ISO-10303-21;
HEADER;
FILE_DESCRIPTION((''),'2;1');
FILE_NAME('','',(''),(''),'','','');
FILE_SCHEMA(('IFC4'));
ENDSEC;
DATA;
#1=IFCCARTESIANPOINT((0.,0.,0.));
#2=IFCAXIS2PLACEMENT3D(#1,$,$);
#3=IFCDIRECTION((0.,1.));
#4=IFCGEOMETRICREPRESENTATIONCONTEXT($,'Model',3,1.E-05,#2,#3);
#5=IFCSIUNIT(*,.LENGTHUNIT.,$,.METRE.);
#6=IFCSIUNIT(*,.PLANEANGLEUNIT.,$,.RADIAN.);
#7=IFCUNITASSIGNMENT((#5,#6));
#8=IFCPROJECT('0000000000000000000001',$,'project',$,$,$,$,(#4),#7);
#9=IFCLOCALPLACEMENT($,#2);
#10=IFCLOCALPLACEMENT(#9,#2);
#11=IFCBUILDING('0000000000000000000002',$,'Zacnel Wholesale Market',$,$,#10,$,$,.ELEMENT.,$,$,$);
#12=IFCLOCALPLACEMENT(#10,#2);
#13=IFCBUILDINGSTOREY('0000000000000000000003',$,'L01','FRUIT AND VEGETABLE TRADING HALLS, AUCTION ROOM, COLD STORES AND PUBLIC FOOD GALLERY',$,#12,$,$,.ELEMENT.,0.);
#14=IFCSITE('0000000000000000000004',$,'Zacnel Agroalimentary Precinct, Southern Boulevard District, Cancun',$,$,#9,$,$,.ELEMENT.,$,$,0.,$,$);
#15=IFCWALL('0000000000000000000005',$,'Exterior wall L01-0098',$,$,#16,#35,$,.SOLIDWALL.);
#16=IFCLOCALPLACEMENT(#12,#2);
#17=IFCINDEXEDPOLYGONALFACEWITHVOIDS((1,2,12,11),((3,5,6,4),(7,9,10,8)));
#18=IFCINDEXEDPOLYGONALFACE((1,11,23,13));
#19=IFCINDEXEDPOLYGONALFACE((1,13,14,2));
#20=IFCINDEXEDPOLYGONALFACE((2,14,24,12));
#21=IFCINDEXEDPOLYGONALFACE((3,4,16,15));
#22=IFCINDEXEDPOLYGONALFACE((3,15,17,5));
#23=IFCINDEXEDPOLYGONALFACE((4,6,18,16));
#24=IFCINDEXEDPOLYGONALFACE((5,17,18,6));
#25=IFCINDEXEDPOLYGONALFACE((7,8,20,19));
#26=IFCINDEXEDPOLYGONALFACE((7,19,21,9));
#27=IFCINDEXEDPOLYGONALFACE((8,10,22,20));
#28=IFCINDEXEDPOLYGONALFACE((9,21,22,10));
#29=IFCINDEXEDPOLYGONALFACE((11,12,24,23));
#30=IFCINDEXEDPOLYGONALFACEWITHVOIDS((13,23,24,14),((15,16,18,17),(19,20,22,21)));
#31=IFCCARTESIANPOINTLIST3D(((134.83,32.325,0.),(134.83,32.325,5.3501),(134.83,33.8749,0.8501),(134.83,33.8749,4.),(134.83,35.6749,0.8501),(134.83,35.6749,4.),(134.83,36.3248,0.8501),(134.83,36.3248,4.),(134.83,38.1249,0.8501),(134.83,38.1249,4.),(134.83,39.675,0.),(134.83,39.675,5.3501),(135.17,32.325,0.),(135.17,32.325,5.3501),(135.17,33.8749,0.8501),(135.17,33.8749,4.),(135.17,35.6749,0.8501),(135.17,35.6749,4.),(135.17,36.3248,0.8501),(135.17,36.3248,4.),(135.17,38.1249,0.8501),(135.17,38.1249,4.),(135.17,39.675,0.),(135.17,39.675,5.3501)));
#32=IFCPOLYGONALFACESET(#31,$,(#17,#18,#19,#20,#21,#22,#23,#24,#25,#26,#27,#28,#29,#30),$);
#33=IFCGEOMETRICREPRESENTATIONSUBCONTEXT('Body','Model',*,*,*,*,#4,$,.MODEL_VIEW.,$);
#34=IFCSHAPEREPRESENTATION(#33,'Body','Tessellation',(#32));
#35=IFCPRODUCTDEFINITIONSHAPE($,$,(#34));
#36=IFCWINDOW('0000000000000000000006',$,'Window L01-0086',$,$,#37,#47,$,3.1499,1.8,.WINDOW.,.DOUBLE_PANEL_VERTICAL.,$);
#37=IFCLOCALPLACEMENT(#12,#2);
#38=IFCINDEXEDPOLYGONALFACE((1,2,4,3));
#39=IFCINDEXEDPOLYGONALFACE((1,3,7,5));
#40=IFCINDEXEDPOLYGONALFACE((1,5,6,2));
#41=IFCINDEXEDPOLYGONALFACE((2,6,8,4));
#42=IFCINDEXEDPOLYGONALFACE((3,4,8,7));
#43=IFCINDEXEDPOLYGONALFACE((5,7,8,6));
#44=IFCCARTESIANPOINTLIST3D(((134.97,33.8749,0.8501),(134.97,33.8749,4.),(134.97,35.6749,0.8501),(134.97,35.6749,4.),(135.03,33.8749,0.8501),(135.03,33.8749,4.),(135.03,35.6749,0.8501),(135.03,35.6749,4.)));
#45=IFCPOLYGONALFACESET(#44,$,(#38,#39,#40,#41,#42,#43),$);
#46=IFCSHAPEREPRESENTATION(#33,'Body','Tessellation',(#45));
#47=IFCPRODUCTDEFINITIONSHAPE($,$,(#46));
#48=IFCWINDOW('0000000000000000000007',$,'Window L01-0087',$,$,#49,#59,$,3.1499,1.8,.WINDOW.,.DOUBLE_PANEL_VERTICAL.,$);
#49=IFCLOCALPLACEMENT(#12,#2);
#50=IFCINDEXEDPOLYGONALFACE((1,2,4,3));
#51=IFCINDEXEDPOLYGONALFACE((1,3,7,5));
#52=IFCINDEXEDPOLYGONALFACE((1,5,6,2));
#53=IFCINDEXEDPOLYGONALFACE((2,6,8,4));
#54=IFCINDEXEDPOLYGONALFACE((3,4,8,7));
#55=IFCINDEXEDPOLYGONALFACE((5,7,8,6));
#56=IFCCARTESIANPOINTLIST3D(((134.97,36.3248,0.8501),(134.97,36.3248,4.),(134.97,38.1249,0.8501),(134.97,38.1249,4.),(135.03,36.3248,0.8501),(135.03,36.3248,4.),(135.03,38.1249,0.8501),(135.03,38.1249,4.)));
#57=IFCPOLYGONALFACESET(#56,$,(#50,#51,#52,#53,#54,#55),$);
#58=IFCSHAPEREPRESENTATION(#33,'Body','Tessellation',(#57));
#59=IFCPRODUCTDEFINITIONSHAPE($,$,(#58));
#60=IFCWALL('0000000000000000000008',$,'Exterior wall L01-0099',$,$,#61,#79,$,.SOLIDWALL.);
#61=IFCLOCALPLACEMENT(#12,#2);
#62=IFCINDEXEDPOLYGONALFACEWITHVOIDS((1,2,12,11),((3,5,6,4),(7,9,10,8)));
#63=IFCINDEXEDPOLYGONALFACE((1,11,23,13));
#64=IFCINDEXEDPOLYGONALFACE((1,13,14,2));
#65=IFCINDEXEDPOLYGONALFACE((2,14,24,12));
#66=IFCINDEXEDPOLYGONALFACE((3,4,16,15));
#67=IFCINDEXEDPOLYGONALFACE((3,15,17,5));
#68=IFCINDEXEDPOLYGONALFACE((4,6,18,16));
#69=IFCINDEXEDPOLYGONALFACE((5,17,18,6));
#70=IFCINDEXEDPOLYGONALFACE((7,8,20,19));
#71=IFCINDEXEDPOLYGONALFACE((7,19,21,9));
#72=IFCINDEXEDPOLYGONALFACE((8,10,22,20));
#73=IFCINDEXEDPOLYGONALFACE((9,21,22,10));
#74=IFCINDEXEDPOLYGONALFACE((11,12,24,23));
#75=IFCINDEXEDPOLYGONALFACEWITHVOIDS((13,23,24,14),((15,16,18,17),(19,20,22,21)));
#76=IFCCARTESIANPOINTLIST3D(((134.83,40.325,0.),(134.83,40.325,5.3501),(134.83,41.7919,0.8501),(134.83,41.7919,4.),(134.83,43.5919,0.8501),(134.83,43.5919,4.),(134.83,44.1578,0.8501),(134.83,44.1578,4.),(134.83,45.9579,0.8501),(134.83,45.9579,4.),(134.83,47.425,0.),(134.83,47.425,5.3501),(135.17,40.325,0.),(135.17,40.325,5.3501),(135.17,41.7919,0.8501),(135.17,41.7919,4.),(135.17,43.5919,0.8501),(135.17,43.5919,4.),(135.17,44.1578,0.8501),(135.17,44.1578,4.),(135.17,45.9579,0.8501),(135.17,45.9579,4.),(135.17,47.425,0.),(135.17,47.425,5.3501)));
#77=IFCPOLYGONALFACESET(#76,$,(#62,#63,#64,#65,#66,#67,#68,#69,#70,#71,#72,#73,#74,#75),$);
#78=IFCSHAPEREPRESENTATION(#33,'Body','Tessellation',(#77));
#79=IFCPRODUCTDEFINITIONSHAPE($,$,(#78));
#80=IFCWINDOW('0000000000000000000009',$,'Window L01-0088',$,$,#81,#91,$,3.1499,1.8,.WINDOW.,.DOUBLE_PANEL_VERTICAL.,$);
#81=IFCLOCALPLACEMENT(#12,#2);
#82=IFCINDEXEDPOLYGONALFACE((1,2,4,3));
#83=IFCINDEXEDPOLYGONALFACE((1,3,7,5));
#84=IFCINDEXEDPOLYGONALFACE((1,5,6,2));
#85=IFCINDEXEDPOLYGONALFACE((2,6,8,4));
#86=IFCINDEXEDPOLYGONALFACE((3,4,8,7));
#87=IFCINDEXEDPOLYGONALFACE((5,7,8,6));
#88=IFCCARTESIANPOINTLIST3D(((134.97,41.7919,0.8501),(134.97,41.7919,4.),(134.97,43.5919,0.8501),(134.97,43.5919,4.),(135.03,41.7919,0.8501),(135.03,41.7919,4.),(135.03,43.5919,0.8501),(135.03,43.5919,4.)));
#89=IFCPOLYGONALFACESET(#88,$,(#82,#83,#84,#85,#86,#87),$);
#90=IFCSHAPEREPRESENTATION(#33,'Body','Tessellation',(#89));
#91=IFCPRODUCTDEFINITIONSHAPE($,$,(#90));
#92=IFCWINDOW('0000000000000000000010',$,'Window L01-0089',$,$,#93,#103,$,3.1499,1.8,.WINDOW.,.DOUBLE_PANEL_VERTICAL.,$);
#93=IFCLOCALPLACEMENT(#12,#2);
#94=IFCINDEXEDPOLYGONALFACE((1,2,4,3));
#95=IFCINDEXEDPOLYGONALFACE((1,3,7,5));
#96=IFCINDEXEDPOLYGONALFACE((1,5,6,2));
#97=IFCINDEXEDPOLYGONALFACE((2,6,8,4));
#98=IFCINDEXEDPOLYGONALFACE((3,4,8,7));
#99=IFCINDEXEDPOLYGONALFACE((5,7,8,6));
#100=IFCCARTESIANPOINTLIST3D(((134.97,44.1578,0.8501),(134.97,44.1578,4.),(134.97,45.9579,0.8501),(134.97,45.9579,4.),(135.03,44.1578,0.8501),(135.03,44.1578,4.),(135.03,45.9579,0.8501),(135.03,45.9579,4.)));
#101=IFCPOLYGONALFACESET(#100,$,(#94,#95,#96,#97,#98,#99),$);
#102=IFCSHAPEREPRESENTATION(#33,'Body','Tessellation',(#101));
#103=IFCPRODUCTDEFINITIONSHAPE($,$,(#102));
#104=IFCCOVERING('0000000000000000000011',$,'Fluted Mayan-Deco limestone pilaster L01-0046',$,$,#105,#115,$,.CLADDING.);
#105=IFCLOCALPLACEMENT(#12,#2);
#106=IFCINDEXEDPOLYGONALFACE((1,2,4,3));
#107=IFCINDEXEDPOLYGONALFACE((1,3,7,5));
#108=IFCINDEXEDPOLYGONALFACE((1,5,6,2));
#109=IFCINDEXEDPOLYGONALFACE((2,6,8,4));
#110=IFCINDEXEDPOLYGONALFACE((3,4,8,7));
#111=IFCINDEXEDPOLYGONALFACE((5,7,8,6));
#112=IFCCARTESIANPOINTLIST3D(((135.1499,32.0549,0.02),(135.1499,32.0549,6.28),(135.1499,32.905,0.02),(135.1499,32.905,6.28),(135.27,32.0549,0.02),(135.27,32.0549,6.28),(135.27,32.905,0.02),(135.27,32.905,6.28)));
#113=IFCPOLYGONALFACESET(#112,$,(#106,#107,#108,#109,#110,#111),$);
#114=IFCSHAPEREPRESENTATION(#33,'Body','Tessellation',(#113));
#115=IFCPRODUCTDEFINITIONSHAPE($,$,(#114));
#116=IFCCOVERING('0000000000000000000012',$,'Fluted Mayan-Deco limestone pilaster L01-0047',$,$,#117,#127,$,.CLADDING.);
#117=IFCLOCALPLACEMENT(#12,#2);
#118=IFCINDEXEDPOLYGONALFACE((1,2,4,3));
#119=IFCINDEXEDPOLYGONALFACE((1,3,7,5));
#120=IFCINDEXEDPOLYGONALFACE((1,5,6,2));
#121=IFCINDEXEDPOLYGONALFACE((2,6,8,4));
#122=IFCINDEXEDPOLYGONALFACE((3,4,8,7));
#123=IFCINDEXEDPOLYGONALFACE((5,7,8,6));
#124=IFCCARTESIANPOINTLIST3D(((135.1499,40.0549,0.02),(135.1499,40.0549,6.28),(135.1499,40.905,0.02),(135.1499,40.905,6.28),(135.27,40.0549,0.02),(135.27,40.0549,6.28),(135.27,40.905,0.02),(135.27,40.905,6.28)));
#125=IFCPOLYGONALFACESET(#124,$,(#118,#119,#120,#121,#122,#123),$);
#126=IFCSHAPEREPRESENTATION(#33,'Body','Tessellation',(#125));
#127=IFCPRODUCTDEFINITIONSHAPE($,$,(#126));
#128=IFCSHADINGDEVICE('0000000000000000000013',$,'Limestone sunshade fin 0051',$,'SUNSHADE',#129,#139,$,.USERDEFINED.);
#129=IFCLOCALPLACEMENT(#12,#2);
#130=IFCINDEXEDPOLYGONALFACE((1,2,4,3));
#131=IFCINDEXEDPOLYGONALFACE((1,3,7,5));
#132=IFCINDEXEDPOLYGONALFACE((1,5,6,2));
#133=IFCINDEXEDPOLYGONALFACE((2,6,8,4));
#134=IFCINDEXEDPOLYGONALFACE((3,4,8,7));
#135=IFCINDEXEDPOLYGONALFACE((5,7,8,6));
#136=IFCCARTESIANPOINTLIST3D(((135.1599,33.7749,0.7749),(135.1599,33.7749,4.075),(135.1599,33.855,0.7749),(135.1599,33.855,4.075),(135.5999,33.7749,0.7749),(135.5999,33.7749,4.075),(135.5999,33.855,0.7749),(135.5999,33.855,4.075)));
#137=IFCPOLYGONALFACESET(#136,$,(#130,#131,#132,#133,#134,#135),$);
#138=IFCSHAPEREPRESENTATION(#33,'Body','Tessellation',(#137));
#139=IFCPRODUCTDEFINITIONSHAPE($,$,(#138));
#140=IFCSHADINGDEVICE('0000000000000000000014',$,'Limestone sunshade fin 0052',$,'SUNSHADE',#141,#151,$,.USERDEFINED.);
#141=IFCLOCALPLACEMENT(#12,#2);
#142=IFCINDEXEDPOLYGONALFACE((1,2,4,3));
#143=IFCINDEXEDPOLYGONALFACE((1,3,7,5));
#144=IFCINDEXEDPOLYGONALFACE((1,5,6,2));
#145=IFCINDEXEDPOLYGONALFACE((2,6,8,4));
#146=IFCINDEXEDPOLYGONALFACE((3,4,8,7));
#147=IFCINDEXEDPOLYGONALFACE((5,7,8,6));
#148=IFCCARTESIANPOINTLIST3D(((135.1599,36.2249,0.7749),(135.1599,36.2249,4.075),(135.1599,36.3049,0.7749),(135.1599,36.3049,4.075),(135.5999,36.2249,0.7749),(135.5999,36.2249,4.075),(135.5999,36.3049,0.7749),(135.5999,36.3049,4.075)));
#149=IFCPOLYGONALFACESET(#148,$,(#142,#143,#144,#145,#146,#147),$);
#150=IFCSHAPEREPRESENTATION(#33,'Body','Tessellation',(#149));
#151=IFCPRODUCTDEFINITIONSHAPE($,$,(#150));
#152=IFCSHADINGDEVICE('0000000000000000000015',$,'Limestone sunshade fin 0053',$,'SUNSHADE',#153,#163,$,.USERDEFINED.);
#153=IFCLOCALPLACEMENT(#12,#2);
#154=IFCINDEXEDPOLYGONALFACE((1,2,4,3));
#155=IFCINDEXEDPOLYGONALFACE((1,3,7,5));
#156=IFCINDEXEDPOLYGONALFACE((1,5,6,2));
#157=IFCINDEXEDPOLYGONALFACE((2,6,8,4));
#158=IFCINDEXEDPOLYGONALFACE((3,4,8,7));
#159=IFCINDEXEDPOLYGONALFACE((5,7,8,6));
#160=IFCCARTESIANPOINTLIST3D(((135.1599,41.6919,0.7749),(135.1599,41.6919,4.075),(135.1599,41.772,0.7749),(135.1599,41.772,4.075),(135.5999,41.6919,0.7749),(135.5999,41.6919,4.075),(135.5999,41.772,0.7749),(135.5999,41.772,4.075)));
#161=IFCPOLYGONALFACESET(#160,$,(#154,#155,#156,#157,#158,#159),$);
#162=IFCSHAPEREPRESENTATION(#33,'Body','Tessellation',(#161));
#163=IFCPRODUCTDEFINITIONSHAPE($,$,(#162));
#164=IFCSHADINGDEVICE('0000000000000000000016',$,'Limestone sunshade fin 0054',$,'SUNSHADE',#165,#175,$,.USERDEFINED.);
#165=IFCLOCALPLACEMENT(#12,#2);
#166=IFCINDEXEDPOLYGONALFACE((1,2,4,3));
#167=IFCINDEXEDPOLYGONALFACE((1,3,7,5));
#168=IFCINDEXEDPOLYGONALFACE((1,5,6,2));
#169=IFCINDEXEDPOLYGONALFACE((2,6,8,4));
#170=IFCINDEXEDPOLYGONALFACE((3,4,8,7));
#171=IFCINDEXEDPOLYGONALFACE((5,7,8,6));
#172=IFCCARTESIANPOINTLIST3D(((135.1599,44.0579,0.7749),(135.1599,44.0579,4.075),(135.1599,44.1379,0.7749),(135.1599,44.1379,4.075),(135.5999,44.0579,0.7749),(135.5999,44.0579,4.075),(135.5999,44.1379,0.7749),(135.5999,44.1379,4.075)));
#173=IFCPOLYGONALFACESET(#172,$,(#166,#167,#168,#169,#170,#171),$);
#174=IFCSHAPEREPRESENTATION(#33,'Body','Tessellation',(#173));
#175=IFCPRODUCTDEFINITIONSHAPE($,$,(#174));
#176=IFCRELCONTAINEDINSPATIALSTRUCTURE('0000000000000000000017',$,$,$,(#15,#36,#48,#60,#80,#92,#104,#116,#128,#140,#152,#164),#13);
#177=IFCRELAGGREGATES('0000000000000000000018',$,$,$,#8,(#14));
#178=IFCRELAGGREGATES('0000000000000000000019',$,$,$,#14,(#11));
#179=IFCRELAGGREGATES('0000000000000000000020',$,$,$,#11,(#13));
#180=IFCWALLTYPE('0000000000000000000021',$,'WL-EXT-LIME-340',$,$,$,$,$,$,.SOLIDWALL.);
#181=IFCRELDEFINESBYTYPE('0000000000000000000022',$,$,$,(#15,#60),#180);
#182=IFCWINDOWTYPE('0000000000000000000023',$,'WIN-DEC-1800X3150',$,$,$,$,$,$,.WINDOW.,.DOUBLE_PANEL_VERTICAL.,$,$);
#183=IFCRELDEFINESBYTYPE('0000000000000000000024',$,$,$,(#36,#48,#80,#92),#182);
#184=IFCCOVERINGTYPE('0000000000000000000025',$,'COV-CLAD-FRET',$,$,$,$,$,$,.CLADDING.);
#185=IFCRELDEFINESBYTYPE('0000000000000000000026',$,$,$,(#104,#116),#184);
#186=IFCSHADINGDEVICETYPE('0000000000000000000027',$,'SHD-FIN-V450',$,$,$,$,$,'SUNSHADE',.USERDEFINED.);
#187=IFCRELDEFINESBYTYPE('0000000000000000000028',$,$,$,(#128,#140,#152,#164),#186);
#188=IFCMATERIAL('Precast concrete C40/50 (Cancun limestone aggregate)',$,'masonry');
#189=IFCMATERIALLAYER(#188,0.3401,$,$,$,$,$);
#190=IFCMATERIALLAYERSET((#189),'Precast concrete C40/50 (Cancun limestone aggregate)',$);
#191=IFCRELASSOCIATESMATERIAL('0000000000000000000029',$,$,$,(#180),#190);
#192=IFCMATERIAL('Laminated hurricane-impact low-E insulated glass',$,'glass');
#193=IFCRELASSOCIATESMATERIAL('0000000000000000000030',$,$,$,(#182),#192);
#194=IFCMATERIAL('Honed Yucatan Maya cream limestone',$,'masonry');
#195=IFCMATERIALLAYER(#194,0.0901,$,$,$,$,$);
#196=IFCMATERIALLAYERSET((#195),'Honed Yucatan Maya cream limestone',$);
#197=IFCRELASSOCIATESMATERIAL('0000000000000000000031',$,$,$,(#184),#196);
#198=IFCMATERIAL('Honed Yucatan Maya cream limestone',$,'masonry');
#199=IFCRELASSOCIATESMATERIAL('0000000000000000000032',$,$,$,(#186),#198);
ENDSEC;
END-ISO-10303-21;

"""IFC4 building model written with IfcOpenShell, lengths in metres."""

from ifc_helpers import new_model, si_unit, direction, frame, frame_2d, origin, origin_2d, place, context, subcontext, project, spatial, rectangle, extrude, material, layer, layer_set, type_object, element, fill, save


model = new_model("IFC4")

# Units and contexts
model_context = context("Model", 3, precision=1e-05, world=origin(), true_north=direction((0.0, 1.0)))
body_context = subcontext(model_context, "Body", "Model", "MODEL_VIEW")
ifc_project = project(units=[si_unit("LENGTHUNIT", "METRE"), si_unit("PLANEANGLEUNIT", "RADIAN")], contexts=[model_context])

# Site, building, storey
site_placement = place(None, origin())
site = spatial("IfcSite", under=ifc_project, at=site_placement, Name="Zacnel Agroalimentary Precinct, Southern Boulevard District, Cancun", CompositionType="ELEMENT", RefElevation=0.0)
building_placement = place(site_placement, origin())
building = spatial("IfcBuilding", under=site, at=building_placement, Name="Zacnel Wholesale Market", CompositionType="ELEMENT")
storey_placement = place(building_placement, origin())
storey = spatial("IfcBuildingStorey", under=building, at=storey_placement, Name="L01", Description="FRUIT AND VEGETABLE TRADING HALLS, AUCTION ROOM, COLD STORES AND PUBLIC FOOD GALLERY", CompositionType="ELEMENT", Elevation=0.0)

# Shared definitions
ifc_material_1 = material(Name="Precast concrete C40/50 (Cancun limestone aggregate)", Category="masonry")
ifc_layer_1 = layer(ifc_material_1, 0.3401)
ifc_layer_set_1 = layer_set([ifc_layer_1], Name="Precast concrete C40/50 (Cancun limestone aggregate)")
wall_type = type_object("IfcWallType", Name="WL-EXT-LIME-340", PredefinedType="SOLIDWALL", material=ifc_layer_set_1)

# Walls, openings, windows
wall_1_placement = place(storey_placement, frame((135.0, 32.325, 0.0), z_axis=(0.0, 0.0, 1.0), x_axis=(0.0, 1.0, 0.0)))
wall_1 = element("IfcWall", 1, at=wall_1_placement, inside=storey, type_object=wall_type, Name="Exterior wall L01-0098", PredefinedType="SOLIDWALL", context=body_context, shape_type="SweptSolid", body=[
    extrude(rectangle(XDim=7.3501, YDim=0.3401, at=frame_2d((3.675, 0.0))), origin(), (0.0, 0.0, 1.0), 5.3501),
])
opening_1_placement = place(wall_1_placement, frame((1.55, 0.0, 0.8501)))
opening_1 = element("IfcOpeningElement", 2, at=opening_1_placement, cuts=wall_1, PredefinedType="OPENING", context=body_context, shape_type="SweptSolid", body=[
    extrude(rectangle(XDim=1.8, YDim=3.1499, at=frame_2d((0.8999, 1.575))), frame((0.0, 0.1799, 0.0), z_axis=(0.0, -1.0, 0.0), x_axis=(1.0, 0.0, 0.0)), (0.0, 0.0, 1.0), 0.3601),
])
opening_2_placement = place(wall_1_placement, frame((4.0, 0.0, 0.8501)))
opening_2 = element("IfcOpeningElement", 3, at=opening_2_placement, cuts=wall_1, PredefinedType="OPENING", context=body_context, shape_type="SweptSolid", body=[
    extrude(rectangle(XDim=1.8, YDim=3.1499, at=frame_2d((0.8999, 1.575))), frame((0.0, 0.1799, 0.0), z_axis=(0.0, -1.0, 0.0), x_axis=(1.0, 0.0, 0.0)), (0.0, 0.0, 1.0), 0.3601),
])
ifc_material_2 = material(Name="Laminated hurricane-impact low-E insulated glass", Category="glass")
window_type = type_object("IfcWindowType", Name="WIN-DEC-1800X3150", PartitioningType="DOUBLE_PANEL_VERTICAL", PredefinedType="WINDOW", material=ifc_material_2)
window_1_placement = place(opening_1_placement, origin())
window_1 = element("IfcWindow", 4, at=window_1_placement, inside=storey, type_object=window_type, Name="Window L01-0086", OverallHeight=3.1499, OverallWidth=1.8, PartitioningType="DOUBLE_PANEL_VERTICAL", PredefinedType="WINDOW", context=body_context, shape_type="SweptSolid", body=[
    extrude(rectangle(XDim=1.8, YDim=3.1499, at=frame_2d((0.8999, 1.575))), frame((0.0, 0.03, 0.0), z_axis=(0.0, -1.0, 0.0), x_axis=(1.0, 0.0, 0.0)), (0.0, 0.0, 1.0), 0.0601),
])
fill(opening_1, window_1)
window_2_placement = place(opening_2_placement, origin())
window_2 = element("IfcWindow", 5, at=window_2_placement, inside=storey, type_object=window_type, Name="Window L01-0087", OverallHeight=3.1499, OverallWidth=1.8, PartitioningType="DOUBLE_PANEL_VERTICAL", PredefinedType="WINDOW", context=body_context, shape_type="SweptSolid", body=[
    extrude(rectangle(XDim=1.8, YDim=3.1499, at=frame_2d((0.8999, 1.575))), frame((0.0, 0.03, 0.0), z_axis=(0.0, -1.0, 0.0), x_axis=(1.0, 0.0, 0.0)), (0.0, 0.0, 1.0), 0.0601),
])
fill(opening_2, window_2)
wall_2_placement = place(storey_placement, frame((135.0, 40.325, 0.0), z_axis=(0.0, 0.0, 1.0), x_axis=(0.0, 1.0, 0.0)))
wall_2 = element("IfcWall", 6, at=wall_2_placement, inside=storey, type_object=wall_type, Name="Exterior wall L01-0099", PredefinedType="SOLIDWALL", context=body_context, shape_type="SweptSolid", body=[
    extrude(rectangle(XDim=7.1001, YDim=0.3401, at=frame_2d((3.55, 0.0))), origin(), (0.0, 0.0, 1.0), 5.3501),
])
opening_3_placement = place(wall_2_placement, frame((1.467, 0.0, 0.8501)))
opening_3 = element("IfcOpeningElement", 7, at=opening_3_placement, cuts=wall_2, PredefinedType="OPENING", context=body_context, shape_type="SweptSolid", body=[
    extrude(rectangle(XDim=1.8, YDim=3.1499, at=frame_2d((0.8999, 1.575))), frame((0.0, 0.1799, 0.0), z_axis=(0.0, -1.0, 0.0), x_axis=(1.0, 0.0, 0.0)), (0.0, 0.0, 1.0), 0.3601),
])
opening_4_placement = place(wall_2_placement, frame((3.833, 0.0, 0.8501)))
opening_4 = element("IfcOpeningElement", 8, at=opening_4_placement, cuts=wall_2, PredefinedType="OPENING", context=body_context, shape_type="SweptSolid", body=[
    extrude(rectangle(XDim=1.8, YDim=3.1499, at=frame_2d((0.8999, 1.575))), frame((0.0, 0.1799, 0.0), z_axis=(0.0, -1.0, 0.0), x_axis=(1.0, 0.0, 0.0)), (0.0, 0.0, 1.0), 0.3601),
])
window_3_placement = place(opening_3_placement, origin())
window_3 = element("IfcWindow", 9, at=window_3_placement, inside=storey, type_object=window_type, Name="Window L01-0088", OverallHeight=3.1499, OverallWidth=1.8, PartitioningType="DOUBLE_PANEL_VERTICAL", PredefinedType="WINDOW", context=body_context, shape_type="SweptSolid", body=[
    extrude(rectangle(XDim=1.8, YDim=3.1499, at=frame_2d((0.8999, 1.575))), frame((0.0, 0.03, 0.0), z_axis=(0.0, -1.0, 0.0), x_axis=(1.0, 0.0, 0.0)), (0.0, 0.0, 1.0), 0.0601),
])
fill(opening_3, window_3)
window_4_placement = place(opening_4_placement, origin())
window_4 = element("IfcWindow", 10, at=window_4_placement, inside=storey, type_object=window_type, Name="Window L01-0089", OverallHeight=3.1499, OverallWidth=1.8, PartitioningType="DOUBLE_PANEL_VERTICAL", PredefinedType="WINDOW", context=body_context, shape_type="SweptSolid", body=[
    extrude(rectangle(XDim=1.8, YDim=3.1499, at=frame_2d((0.8999, 1.575))), frame((0.0, 0.03, 0.0), z_axis=(0.0, -1.0, 0.0), x_axis=(1.0, 0.0, 0.0)), (0.0, 0.0, 1.0), 0.0601),
])
fill(opening_4, window_4)

# Coverings
ifc_material_3 = material(Name="Honed Yucatan Maya cream limestone", Category="masonry")
ifc_layer_2 = layer(ifc_material_3, 0.0901)
ifc_layer_set_2 = layer_set([ifc_layer_2], Name="Honed Yucatan Maya cream limestone")
covering_type = type_object("IfcCoveringType", Name="COV-CLAD-FRET", PredefinedType="CLADDING", material=ifc_layer_set_2)
for number, where, z_axis, x_axis, name in (
    (11, (135.21, 32.48, 0.02), (0.0, 0.0, 1.0), (0.0, 1.0, 0.0), "Fluted Mayan-Deco limestone pilaster L01-0046"),
    (12, (135.21, 40.48, 0.02), (0.0, 0.0, 1.0), (0.0, 1.0, 0.0), "Fluted Mayan-Deco limestone pilaster L01-0047"),
):
    element("IfcCovering", number, at=place(storey_placement, frame(where, z_axis=z_axis, x_axis=x_axis)), inside=storey, type_object=covering_type, Name=name, PredefinedType="CLADDING", context=body_context, shape_type="SweptSolid", body=[
        extrude(rectangle(XDim=0.8501, YDim=0.1201, at=origin_2d()), origin(), (0.0, 0.0, 1.0), 6.26),
    ])

# Shading devices
ifc_material_4 = material(Name="Honed Yucatan Maya cream limestone", Category="masonry")
shading_device_type = type_object("IfcShadingDeviceType", Name="SHD-FIN-V450", ElementType="SUNSHADE", PredefinedType="USERDEFINED", material=ifc_material_4)
for number, where, z_axis, x_axis, name in (
    (13, (135.3799, 33.8149, 0.7749), (0.0, 0.0, 1.0), (0.0, 1.0, 0.0), "Limestone sunshade fin 0051"),
    (14, (135.3799, 36.2649, 0.7749), (0.0, 0.0, 1.0), (0.0, 1.0, 0.0), "Limestone sunshade fin 0052"),
    (15, (135.3799, 41.7319, 0.7749), (0.0, 0.0, 1.0), (0.0, 1.0, 0.0), "Limestone sunshade fin 0053"),
    (16, (135.3799, 44.0979, 0.7749), (0.0, 0.0, 1.0), (0.0, 1.0, 0.0), "Limestone sunshade fin 0054"),
):
    element("IfcShadingDevice", number, at=place(storey_placement, frame(where, z_axis=z_axis, x_axis=x_axis)), inside=storey, type_object=shading_device_type, Name=name, ObjectType="SUNSHADE", PredefinedType="USERDEFINED", context=body_context, shape_type="SweptSolid", body=[
        extrude(rectangle(XDim=0.0801, YDim=0.4399, at=origin_2d()), origin(), (0.0, 0.0, 1.0), 3.3),
    ])

save(model, "model.ifc")
